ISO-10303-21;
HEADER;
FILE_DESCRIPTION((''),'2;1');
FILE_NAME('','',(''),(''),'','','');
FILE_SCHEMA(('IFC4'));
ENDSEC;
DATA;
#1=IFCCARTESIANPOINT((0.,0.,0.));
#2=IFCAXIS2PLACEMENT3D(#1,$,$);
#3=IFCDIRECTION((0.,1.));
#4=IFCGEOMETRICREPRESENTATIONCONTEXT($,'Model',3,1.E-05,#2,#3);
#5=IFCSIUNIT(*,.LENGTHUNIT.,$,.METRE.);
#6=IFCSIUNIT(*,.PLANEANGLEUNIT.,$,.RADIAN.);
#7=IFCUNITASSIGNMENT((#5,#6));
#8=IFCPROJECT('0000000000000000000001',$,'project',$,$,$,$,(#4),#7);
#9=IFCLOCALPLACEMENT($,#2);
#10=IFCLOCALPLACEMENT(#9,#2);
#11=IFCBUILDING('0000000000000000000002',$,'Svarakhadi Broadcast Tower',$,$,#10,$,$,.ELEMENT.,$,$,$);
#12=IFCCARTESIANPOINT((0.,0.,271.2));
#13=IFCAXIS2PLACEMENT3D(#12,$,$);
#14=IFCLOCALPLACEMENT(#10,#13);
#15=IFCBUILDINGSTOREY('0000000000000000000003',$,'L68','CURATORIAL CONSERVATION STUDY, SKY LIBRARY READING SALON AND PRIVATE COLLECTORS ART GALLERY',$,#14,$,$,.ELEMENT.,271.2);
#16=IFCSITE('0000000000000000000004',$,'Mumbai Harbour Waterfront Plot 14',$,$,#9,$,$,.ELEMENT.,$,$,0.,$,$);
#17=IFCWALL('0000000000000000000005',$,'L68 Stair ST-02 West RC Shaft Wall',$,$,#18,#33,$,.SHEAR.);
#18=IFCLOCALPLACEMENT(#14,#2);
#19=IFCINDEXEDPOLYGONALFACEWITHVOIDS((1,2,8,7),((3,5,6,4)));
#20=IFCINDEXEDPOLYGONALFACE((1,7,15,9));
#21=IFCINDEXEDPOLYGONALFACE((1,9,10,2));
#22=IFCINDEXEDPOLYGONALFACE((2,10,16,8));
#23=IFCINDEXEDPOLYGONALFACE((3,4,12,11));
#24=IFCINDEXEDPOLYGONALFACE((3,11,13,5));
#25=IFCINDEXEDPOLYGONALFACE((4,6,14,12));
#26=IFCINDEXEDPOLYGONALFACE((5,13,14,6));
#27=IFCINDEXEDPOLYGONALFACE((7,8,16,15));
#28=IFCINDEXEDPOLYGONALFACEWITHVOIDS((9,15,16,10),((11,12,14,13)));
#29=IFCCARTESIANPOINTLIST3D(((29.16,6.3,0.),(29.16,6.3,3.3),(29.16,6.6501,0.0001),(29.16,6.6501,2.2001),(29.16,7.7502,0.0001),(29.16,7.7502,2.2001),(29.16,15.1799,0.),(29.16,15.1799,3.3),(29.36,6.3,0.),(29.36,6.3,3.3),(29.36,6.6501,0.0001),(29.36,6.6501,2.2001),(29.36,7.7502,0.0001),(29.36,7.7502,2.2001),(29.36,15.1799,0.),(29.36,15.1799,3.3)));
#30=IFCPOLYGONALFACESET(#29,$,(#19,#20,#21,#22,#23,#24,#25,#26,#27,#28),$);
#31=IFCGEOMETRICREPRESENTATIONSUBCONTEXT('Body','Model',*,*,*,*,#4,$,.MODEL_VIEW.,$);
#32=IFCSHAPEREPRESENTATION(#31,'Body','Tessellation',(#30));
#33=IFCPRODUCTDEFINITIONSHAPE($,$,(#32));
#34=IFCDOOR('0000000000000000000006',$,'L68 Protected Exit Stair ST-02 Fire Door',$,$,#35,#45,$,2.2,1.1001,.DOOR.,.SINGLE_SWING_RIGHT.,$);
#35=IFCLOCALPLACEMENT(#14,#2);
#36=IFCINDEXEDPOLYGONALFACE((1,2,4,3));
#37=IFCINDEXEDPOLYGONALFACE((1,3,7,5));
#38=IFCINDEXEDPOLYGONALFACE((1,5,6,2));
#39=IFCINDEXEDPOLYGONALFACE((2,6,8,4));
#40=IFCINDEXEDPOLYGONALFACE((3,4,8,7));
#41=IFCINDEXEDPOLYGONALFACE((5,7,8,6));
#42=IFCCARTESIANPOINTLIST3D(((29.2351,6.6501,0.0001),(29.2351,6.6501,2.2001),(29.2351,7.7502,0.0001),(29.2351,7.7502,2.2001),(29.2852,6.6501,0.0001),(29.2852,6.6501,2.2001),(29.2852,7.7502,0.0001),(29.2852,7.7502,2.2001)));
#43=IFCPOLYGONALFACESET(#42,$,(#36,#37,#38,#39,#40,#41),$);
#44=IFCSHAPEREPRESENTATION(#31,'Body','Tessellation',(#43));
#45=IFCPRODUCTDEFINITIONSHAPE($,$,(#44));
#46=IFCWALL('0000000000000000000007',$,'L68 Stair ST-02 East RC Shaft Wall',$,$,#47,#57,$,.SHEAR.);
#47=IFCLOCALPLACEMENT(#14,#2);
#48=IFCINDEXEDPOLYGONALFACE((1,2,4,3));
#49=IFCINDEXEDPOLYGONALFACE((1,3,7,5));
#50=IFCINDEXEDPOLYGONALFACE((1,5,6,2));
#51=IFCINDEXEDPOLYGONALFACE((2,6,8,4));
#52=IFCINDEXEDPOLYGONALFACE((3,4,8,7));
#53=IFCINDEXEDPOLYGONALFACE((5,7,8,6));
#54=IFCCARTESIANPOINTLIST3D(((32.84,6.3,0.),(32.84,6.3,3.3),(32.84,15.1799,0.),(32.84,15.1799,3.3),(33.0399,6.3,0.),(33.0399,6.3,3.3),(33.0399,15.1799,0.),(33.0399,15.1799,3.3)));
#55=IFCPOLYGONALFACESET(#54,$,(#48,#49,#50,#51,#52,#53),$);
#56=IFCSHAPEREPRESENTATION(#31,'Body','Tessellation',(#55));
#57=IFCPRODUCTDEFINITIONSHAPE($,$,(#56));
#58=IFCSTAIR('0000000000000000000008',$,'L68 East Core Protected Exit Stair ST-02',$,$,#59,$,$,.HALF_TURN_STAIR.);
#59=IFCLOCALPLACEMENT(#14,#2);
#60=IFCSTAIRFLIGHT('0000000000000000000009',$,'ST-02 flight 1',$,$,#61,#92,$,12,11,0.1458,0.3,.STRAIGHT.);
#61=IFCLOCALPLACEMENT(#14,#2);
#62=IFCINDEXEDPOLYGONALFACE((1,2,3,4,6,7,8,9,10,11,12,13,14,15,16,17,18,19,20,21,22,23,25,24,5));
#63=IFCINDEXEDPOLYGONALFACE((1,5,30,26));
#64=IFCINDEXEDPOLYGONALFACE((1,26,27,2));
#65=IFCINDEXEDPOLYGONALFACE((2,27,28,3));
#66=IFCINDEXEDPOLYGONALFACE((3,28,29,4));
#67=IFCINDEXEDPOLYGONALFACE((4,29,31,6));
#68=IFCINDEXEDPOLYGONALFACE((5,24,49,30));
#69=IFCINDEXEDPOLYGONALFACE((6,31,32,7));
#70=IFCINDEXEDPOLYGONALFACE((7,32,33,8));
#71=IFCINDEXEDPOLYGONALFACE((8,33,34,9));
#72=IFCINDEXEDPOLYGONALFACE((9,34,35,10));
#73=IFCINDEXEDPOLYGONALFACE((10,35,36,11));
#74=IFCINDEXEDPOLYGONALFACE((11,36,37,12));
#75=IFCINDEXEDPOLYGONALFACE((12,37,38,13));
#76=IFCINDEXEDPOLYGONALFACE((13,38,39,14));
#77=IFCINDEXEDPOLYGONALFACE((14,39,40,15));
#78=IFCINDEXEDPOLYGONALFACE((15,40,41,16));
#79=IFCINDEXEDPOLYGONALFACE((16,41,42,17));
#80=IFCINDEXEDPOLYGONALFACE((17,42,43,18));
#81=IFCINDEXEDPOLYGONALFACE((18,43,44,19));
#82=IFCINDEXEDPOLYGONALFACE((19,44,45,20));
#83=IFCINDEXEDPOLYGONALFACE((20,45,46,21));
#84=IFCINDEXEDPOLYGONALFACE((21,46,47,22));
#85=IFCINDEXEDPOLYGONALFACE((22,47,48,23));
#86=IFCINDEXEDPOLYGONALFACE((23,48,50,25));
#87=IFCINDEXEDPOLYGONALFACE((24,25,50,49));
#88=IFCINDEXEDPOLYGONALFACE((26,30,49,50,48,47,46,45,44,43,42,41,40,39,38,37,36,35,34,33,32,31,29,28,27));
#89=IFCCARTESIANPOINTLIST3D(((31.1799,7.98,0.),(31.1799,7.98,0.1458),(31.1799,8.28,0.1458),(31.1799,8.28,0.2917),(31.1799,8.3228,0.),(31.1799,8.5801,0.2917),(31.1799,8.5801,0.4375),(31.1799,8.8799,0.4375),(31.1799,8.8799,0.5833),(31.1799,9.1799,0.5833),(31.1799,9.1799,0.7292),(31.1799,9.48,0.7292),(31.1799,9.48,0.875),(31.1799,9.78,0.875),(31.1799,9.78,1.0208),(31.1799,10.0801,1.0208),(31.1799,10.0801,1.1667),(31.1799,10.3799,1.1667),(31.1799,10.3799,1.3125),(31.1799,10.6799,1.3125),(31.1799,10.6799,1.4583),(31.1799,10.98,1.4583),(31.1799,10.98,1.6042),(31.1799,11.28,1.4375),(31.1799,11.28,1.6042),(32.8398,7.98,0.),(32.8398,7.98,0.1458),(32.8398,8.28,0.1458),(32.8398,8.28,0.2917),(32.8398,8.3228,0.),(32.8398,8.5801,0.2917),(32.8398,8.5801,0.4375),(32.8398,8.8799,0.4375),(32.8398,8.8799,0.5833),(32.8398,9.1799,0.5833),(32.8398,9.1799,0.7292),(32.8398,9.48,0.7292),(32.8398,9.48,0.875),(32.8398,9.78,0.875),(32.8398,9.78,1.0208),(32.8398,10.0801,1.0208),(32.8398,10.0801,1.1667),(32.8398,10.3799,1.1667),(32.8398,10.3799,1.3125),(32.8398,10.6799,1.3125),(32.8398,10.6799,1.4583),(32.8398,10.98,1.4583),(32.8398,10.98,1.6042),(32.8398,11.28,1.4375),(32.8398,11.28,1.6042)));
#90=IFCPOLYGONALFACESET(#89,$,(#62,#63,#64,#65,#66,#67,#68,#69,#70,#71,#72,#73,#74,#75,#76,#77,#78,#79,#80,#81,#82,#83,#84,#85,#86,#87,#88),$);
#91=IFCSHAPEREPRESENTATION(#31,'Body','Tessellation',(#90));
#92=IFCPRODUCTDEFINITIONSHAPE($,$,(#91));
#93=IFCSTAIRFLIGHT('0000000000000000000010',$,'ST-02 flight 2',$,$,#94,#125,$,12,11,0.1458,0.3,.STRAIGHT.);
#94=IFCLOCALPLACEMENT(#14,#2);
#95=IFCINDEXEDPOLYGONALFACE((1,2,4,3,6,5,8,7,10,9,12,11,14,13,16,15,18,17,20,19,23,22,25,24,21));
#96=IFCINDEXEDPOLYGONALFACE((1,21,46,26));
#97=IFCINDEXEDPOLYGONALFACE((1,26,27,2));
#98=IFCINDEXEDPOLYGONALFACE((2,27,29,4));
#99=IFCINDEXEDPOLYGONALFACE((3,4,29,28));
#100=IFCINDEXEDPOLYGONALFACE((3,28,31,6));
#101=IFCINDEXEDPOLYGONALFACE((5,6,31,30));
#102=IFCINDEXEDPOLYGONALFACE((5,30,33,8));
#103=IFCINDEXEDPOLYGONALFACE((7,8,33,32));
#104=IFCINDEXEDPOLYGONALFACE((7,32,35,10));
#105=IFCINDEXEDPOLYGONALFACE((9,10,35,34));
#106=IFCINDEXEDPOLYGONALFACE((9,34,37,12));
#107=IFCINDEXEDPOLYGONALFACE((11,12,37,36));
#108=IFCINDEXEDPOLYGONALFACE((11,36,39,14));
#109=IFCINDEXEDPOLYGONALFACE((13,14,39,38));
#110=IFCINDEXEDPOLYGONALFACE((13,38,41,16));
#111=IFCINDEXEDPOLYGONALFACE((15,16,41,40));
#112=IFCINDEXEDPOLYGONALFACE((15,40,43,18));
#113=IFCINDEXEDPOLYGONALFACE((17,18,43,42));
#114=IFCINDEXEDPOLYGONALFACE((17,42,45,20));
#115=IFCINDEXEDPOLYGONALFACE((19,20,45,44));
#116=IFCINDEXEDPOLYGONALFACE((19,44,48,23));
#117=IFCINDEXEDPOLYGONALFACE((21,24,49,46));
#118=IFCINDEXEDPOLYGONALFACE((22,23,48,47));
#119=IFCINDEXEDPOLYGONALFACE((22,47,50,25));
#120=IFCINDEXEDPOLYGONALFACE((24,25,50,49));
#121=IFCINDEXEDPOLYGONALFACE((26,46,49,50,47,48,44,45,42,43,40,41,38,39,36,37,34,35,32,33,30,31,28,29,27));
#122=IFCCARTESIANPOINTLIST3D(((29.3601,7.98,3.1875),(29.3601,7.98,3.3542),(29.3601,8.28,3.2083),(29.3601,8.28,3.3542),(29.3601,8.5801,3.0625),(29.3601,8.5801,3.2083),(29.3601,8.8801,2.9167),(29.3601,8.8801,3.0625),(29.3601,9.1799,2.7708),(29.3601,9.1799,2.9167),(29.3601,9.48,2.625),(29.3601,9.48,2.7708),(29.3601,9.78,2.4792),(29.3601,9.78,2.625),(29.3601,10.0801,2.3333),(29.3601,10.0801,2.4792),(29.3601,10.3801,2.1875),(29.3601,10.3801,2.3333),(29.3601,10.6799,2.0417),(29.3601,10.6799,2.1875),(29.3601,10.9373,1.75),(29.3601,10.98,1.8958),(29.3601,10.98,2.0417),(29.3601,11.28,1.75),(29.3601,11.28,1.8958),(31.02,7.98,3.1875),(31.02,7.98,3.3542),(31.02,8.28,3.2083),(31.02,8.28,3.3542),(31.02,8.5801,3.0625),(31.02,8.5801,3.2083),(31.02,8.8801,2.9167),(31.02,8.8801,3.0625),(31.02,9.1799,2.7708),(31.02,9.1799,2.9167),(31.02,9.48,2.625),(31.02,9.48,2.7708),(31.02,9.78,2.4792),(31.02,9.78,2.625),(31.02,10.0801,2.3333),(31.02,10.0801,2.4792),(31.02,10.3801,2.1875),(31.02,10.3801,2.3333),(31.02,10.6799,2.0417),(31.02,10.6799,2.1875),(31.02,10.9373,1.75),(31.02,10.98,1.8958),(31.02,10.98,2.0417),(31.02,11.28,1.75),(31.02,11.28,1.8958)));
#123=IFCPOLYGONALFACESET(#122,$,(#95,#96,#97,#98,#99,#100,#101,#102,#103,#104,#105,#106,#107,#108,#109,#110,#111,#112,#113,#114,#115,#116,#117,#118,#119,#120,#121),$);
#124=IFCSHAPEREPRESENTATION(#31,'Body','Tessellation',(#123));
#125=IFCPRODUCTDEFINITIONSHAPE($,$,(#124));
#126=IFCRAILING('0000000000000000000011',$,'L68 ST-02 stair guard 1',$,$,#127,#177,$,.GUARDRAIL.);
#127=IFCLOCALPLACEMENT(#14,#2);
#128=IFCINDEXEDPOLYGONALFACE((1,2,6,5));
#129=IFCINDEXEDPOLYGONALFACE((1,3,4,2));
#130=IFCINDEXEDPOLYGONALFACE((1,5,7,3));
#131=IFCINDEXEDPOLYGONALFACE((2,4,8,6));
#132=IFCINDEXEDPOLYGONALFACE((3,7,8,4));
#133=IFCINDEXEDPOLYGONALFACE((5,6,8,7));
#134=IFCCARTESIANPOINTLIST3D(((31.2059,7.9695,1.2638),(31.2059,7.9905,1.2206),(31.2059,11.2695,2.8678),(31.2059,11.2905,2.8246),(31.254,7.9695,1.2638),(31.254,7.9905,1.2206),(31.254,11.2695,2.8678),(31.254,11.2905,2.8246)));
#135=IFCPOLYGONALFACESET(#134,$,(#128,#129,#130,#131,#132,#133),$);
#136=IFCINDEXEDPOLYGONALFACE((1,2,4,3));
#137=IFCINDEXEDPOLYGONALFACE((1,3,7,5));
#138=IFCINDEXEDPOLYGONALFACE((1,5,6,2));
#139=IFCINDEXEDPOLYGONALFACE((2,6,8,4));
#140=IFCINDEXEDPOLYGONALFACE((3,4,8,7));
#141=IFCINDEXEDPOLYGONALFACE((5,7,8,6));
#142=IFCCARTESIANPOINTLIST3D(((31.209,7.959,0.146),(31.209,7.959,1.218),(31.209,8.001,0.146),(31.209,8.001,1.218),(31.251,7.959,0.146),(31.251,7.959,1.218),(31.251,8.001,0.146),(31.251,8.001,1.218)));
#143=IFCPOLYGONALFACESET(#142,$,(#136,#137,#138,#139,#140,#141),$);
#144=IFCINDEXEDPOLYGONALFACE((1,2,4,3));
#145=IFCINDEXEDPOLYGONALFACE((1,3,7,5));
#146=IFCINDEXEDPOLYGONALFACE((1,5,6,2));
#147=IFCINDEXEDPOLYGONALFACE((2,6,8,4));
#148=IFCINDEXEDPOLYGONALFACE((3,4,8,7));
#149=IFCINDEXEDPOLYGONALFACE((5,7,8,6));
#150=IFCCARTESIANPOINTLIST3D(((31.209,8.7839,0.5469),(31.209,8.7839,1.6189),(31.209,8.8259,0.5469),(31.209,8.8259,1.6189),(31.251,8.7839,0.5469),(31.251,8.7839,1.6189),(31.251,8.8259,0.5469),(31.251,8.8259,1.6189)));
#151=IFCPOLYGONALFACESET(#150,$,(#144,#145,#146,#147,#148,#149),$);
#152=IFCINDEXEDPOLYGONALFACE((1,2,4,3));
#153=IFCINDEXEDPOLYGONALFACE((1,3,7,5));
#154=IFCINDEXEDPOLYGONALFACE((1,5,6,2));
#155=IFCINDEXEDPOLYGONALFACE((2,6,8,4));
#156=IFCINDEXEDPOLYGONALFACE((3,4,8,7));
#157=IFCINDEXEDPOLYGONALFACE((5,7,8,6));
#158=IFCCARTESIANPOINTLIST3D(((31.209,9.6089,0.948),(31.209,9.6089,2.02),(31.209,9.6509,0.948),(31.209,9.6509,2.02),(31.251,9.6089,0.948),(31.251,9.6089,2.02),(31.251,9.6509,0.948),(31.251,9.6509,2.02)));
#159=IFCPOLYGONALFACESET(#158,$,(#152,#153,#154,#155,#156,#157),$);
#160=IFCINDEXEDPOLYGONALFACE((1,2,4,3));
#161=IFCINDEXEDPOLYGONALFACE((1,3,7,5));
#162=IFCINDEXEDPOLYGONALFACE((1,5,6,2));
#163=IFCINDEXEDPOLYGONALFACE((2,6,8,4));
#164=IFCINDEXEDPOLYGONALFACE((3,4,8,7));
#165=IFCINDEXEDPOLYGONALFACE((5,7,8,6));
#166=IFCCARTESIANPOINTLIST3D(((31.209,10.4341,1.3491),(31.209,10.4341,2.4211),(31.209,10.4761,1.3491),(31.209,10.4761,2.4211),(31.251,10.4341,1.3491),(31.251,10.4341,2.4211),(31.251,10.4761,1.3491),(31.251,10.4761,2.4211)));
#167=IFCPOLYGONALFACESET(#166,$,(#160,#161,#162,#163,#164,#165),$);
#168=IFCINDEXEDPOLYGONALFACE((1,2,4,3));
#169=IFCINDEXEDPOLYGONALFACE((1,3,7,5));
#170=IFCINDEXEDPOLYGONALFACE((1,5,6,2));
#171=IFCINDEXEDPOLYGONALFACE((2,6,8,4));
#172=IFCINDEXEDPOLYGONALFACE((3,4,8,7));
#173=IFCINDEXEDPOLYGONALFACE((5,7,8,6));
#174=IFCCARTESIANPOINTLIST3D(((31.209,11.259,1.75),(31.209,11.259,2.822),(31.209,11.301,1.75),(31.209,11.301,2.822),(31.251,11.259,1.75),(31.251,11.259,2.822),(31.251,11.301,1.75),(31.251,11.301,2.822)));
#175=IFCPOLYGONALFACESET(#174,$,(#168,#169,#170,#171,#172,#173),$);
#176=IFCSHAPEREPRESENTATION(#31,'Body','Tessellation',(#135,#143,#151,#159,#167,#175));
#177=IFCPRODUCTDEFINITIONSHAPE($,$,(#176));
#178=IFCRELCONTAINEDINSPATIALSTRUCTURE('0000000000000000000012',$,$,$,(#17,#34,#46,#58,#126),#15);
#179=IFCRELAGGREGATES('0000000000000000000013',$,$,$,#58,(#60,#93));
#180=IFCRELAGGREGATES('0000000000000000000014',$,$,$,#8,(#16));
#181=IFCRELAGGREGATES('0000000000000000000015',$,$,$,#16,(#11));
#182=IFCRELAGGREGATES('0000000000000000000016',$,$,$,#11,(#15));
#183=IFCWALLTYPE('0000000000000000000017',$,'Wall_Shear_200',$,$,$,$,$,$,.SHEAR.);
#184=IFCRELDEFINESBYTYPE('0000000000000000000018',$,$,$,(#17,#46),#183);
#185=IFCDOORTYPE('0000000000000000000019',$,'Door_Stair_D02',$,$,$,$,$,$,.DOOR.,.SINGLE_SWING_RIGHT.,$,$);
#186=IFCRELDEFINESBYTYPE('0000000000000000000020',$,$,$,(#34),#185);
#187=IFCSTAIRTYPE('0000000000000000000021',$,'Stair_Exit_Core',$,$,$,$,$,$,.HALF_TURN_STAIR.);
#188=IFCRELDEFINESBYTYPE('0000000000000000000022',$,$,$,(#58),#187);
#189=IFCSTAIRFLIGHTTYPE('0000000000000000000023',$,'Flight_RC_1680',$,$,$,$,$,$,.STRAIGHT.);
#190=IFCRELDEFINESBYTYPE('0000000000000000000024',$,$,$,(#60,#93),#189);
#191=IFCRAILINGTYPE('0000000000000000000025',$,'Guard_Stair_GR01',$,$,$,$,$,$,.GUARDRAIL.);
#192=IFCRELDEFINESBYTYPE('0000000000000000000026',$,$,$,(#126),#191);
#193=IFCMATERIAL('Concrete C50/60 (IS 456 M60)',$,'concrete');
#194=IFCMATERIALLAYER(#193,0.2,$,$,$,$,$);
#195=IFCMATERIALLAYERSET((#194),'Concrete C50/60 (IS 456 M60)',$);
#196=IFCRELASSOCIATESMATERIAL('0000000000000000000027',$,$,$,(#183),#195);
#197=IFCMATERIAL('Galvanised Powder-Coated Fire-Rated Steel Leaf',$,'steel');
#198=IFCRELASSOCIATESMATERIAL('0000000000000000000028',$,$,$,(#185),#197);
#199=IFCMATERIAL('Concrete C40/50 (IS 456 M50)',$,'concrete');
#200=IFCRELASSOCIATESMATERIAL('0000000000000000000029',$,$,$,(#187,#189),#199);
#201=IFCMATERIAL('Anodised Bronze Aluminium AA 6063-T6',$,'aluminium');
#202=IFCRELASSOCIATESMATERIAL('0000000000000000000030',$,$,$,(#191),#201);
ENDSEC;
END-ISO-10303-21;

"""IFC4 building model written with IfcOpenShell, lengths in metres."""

from ifc_helpers import new_model, si_unit, direction, frame, frame_2d, origin, origin_2d, place, context, subcontext, project, spatial, polyline, rectangle, outline, extrude, material, layer, layer_set, type_object, element, fill, aggregate, save


model = new_model("IFC4")

# Units and contexts
model_context = context("Model", 3, precision=1e-05, world=origin(), true_north=direction((0.0, 1.0)))
body_context = subcontext(model_context, "Body", "Model", "MODEL_VIEW")
ifc_project = project(units=[si_unit("LENGTHUNIT", "METRE"), si_unit("PLANEANGLEUNIT", "RADIAN")], contexts=[model_context])

# Site, building, storey
site_placement = place(None, origin())
site = spatial("IfcSite", under=ifc_project, at=site_placement, Name="Mumbai Harbour Waterfront Plot 14", CompositionType="ELEMENT", RefElevation=0.0)
building_placement = place(site_placement, origin())
building = spatial("IfcBuilding", under=site, at=building_placement, Name="Svarakhadi Broadcast Tower", CompositionType="ELEMENT")
storey_placement = place(building_placement, frame((0.0, 0.0, 271.2)))
storey = spatial("IfcBuildingStorey", under=building, at=storey_placement, Name="L68", Description="CURATORIAL CONSERVATION STUDY, SKY LIBRARY READING SALON AND PRIVATE COLLECTORS ART GALLERY", CompositionType="ELEMENT", Elevation=271.2)

# Shared definitions
ifc_material_1 = material(Name="Anodised Bronze Aluminium AA 6063-T6", Category="aluminium")

# Shared definitions
ifc_material_2 = material(Name="Concrete C50/60 (IS 456 M60)", Category="concrete")

# Shared definitions
ifc_material_3 = material(Name="Concrete C40/50 (IS 456 M50)", Category="concrete")

# Wall, opening, door
ifc_layer_1 = layer(ifc_material_2, 0.2)
ifc_layer_set_1 = layer_set([ifc_layer_1], Name="Concrete C50/60 (IS 456 M60)")
wall_type_1 = type_object("IfcWallType", Name="Wall_Shear_200", PredefinedType="SHEAR", material=ifc_layer_set_1)
wall_1_placement = place(storey_placement, frame((29.26, 6.3, 0.0), z_axis=(0.0, 0.0, 1.0), x_axis=(0.0, 1.0, 0.0)))
wall_1 = element("IfcWall", 1, at=wall_1_placement, inside=storey, type_object=wall_type_1, Name="L68 Stair ST-02 West RC Shaft Wall", PredefinedType="SHEAR", context=body_context, shape_type="SweptSolid", body=[
    extrude(rectangle(XDim=8.8799, YDim=0.2, at=frame_2d((4.4399, 0.0))), origin(), (0.0, 0.0, 1.0), 3.3),
])
opening_placement = place(wall_1_placement, frame((0.3501, 0.0, 0.0)))
opening = element("IfcOpeningElement", 2, at=opening_placement, cuts=wall_1, PredefinedType="OPENING", context=body_context, shape_type="SweptSolid", body=[
    extrude(rectangle(XDim=1.1001, YDim=2.2, at=frame_2d((0.55, 1.1001))), frame((0.0, 0.1099, 0.0), z_axis=(0.0, -1.0, 0.0), x_axis=(1.0, 0.0, 0.0)), (0.0, 0.0, 1.0), 0.22),
])
ifc_material_4 = material(Name="Galvanised Powder-Coated Fire-Rated Steel Leaf", Category="steel")
door_type = type_object("IfcDoorType", Name="Door_Stair_D02", OperationType="SINGLE_SWING_RIGHT", PredefinedType="DOOR", material=ifc_material_4)
door_placement = place(opening_placement, origin())
door = element("IfcDoor", 3, at=door_placement, inside=storey, type_object=door_type, Name="L68 Protected Exit Stair ST-02 Fire Door", OperationType="SINGLE_SWING_RIGHT", OverallHeight=2.2, OverallWidth=1.1001, PredefinedType="DOOR", context=body_context, shape_type="SweptSolid", body=[
    extrude(rectangle(XDim=1.1001, YDim=2.2, at=frame_2d((0.55, 1.1001))), frame((0.0, 0.0249, 0.0), z_axis=(0.0, -1.0, 0.0), x_axis=(1.0, 0.0, 0.0)), (0.0, 0.0, 1.0), 0.05),
])
fill(opening, door)

# Wall
wall_2_placement = place(storey_placement, frame((32.9399, 6.3, 0.0), z_axis=(0.0, 0.0, 1.0), x_axis=(0.0, 1.0, 0.0)))
element("IfcWall", 4, at=wall_2_placement, inside=storey, type_object=wall_type_1, Name="L68 Stair ST-02 East RC Shaft Wall", PredefinedType="SHEAR", context=body_context, shape_type="SweptSolid", body=[
    extrude(rectangle(XDim=8.8799, YDim=0.2, at=frame_2d((4.4399, 0.0))), origin(), (0.0, 0.0, 1.0), 3.3),
])

# Stair, stair flights
stair_type = type_object("IfcStairType", Name="Stair_Exit_Core", PredefinedType="HALF_TURN_STAIR", material=ifc_material_3)
stair_placement = place(storey_placement, origin())
stair = element("IfcStair", 5, at=stair_placement, inside=storey, type_object=stair_type, Name="L68 East Core Protected Exit Stair ST-02", PredefinedType="HALF_TURN_STAIR")
stair_flight_type = type_object("IfcStairFlightType", Name="Flight_RC_1680", PredefinedType="STRAIGHT", material=ifc_material_3)
stair_flight_1_placement = place(storey_placement, frame((32.01, 7.98, 0.0), z_axis=(0.0, 0.0, 1.0), x_axis=(0.0, 1.0, 0.0)))
stair_flight_1 = element("IfcStairFlight", 6, at=stair_flight_1_placement, type_object=stair_flight_type, Name="ST-02 flight 1", NumberOfRisers=12, NumberOfTreads=11, PredefinedType="STRAIGHT", RiserHeight=0.1458, TreadLength=0.3, context=body_context, shape_type="SweptSolid", body=[
    extrude(outline(polyline([(0.0, 0.0), (0.0, 0.1458), (0.3, 0.1458), (0.3, 0.2917), (0.6001, 0.2917), (0.6001, 0.4375), (0.8999, 0.4375), (0.8999, 0.5833), (1.2, 0.5833), (1.2, 0.7292), (1.5, 0.7292), (1.5, 0.875), (1.8, 0.875), (1.8, 1.0208), (2.1001, 1.0208), (2.1001, 1.1667), (2.3999, 1.1667), (2.3999, 1.3125), (2.7, 1.3125), (2.7, 1.4583), (3.0, 1.4583), (3.0, 1.6042), (3.3, 1.6042), (3.3, 1.75), (3.3, 1.4375), (0.3428, 0.0), (0.0, 0.0)])), frame((0.0, 0.8301, 0.0), z_axis=(0.0, -1.0, 0.0), x_axis=(1.0, 0.0, 0.0)), (0.0, 0.0, 1.0), 1.6599),
])
stair_flight_2_placement = place(storey_placement, frame((30.1899, 11.28, 1.75), z_axis=(0.0, 0.0, 1.0), x_axis=(0.0, -1.0, 0.0)))
stair_flight_2 = element("IfcStairFlight", 7, at=stair_flight_2_placement, type_object=stair_flight_type, Name="ST-02 flight 2", NumberOfRisers=12, NumberOfTreads=11, PredefinedType="STRAIGHT", RiserHeight=0.1458, TreadLength=0.3, context=body_context, shape_type="SweptSolid", body=[
    extrude(outline(polyline([(0.0, 0.0), (0.0, 0.1458), (0.3, 0.1458), (0.3, 0.2917), (0.6001, 0.2917), (0.6001, 0.4375), (0.8999, 0.4375), (0.8999, 0.5833), (1.2, 0.5833), (1.2, 0.7292), (1.5, 0.7292), (1.5, 0.875), (1.8, 0.875), (1.8, 1.0208), (2.1001, 1.0208), (2.1001, 1.1667), (2.3999, 1.1667), (2.3999, 1.3125), (2.7, 1.3125), (2.7, 1.4583), (3.0, 1.4583), (3.0, 1.6042), (3.3, 1.6042), (3.3, 1.75), (3.3, 1.4375), (0.3428, 0.0), (0.0, 0.0)])), frame((0.0, 0.8301, 0.0), z_axis=(0.0, -1.0, 0.0), x_axis=(1.0, 0.0, 0.0)), (0.0, 0.0, 1.0), 1.6599),
])
aggregate(stair, [stair_flight_1, stair_flight_2])

# Railing
railing_type_1 = type_object("IfcRailingType", Name="Guard_Stair_GR01", PredefinedType="GUARDRAIL", material=ifc_material_1)
railing_1_placement = place(storey_placement, frame((31.23, 7.98, 0.146)))
element("IfcRailing", 8, at=railing_1_placement, inside=storey, type_object=railing_type_1, Name="L68 ST-02 stair guard 1", PredefinedType="GUARDRAIL", context=body_context, shape_type="SweptSolid", body=[
    extrude(rectangle(XDim=0.0481, YDim=0.0481, at=origin_2d()), frame((0.0, 0.0, 1.0962), z_axis=(0.0, 0.899388, 0.437152), x_axis=(-1.0, 0.0, 0.0)), (0.0, 0.0, 1.0), 3.6692),
    extrude(rectangle(XDim=0.042, YDim=0.042, at=origin_2d()), origin(), (0.0, 0.0, 1.0), 1.072),
    extrude(rectangle(XDim=0.042, YDim=0.042, at=origin_2d()), frame((0.0, 0.825, 0.4009)), (0.0, 0.0, 1.0), 1.072),
    extrude(rectangle(XDim=0.042, YDim=0.042, at=origin_2d()), frame((0.0, 1.6499, 0.802)), (0.0, 0.0, 1.0), 1.072),
    extrude(rectangle(XDim=0.042, YDim=0.042, at=origin_2d()), frame((0.0, 2.4751, 1.2031)), (0.0, 0.0, 1.0), 1.072),
    extrude(rectangle(XDim=0.042, YDim=0.042, at=origin_2d()), frame((0.0, 3.3, 1.604)), (0.0, 0.0, 1.0), 1.072),
])

save(model, "model.ifc")
